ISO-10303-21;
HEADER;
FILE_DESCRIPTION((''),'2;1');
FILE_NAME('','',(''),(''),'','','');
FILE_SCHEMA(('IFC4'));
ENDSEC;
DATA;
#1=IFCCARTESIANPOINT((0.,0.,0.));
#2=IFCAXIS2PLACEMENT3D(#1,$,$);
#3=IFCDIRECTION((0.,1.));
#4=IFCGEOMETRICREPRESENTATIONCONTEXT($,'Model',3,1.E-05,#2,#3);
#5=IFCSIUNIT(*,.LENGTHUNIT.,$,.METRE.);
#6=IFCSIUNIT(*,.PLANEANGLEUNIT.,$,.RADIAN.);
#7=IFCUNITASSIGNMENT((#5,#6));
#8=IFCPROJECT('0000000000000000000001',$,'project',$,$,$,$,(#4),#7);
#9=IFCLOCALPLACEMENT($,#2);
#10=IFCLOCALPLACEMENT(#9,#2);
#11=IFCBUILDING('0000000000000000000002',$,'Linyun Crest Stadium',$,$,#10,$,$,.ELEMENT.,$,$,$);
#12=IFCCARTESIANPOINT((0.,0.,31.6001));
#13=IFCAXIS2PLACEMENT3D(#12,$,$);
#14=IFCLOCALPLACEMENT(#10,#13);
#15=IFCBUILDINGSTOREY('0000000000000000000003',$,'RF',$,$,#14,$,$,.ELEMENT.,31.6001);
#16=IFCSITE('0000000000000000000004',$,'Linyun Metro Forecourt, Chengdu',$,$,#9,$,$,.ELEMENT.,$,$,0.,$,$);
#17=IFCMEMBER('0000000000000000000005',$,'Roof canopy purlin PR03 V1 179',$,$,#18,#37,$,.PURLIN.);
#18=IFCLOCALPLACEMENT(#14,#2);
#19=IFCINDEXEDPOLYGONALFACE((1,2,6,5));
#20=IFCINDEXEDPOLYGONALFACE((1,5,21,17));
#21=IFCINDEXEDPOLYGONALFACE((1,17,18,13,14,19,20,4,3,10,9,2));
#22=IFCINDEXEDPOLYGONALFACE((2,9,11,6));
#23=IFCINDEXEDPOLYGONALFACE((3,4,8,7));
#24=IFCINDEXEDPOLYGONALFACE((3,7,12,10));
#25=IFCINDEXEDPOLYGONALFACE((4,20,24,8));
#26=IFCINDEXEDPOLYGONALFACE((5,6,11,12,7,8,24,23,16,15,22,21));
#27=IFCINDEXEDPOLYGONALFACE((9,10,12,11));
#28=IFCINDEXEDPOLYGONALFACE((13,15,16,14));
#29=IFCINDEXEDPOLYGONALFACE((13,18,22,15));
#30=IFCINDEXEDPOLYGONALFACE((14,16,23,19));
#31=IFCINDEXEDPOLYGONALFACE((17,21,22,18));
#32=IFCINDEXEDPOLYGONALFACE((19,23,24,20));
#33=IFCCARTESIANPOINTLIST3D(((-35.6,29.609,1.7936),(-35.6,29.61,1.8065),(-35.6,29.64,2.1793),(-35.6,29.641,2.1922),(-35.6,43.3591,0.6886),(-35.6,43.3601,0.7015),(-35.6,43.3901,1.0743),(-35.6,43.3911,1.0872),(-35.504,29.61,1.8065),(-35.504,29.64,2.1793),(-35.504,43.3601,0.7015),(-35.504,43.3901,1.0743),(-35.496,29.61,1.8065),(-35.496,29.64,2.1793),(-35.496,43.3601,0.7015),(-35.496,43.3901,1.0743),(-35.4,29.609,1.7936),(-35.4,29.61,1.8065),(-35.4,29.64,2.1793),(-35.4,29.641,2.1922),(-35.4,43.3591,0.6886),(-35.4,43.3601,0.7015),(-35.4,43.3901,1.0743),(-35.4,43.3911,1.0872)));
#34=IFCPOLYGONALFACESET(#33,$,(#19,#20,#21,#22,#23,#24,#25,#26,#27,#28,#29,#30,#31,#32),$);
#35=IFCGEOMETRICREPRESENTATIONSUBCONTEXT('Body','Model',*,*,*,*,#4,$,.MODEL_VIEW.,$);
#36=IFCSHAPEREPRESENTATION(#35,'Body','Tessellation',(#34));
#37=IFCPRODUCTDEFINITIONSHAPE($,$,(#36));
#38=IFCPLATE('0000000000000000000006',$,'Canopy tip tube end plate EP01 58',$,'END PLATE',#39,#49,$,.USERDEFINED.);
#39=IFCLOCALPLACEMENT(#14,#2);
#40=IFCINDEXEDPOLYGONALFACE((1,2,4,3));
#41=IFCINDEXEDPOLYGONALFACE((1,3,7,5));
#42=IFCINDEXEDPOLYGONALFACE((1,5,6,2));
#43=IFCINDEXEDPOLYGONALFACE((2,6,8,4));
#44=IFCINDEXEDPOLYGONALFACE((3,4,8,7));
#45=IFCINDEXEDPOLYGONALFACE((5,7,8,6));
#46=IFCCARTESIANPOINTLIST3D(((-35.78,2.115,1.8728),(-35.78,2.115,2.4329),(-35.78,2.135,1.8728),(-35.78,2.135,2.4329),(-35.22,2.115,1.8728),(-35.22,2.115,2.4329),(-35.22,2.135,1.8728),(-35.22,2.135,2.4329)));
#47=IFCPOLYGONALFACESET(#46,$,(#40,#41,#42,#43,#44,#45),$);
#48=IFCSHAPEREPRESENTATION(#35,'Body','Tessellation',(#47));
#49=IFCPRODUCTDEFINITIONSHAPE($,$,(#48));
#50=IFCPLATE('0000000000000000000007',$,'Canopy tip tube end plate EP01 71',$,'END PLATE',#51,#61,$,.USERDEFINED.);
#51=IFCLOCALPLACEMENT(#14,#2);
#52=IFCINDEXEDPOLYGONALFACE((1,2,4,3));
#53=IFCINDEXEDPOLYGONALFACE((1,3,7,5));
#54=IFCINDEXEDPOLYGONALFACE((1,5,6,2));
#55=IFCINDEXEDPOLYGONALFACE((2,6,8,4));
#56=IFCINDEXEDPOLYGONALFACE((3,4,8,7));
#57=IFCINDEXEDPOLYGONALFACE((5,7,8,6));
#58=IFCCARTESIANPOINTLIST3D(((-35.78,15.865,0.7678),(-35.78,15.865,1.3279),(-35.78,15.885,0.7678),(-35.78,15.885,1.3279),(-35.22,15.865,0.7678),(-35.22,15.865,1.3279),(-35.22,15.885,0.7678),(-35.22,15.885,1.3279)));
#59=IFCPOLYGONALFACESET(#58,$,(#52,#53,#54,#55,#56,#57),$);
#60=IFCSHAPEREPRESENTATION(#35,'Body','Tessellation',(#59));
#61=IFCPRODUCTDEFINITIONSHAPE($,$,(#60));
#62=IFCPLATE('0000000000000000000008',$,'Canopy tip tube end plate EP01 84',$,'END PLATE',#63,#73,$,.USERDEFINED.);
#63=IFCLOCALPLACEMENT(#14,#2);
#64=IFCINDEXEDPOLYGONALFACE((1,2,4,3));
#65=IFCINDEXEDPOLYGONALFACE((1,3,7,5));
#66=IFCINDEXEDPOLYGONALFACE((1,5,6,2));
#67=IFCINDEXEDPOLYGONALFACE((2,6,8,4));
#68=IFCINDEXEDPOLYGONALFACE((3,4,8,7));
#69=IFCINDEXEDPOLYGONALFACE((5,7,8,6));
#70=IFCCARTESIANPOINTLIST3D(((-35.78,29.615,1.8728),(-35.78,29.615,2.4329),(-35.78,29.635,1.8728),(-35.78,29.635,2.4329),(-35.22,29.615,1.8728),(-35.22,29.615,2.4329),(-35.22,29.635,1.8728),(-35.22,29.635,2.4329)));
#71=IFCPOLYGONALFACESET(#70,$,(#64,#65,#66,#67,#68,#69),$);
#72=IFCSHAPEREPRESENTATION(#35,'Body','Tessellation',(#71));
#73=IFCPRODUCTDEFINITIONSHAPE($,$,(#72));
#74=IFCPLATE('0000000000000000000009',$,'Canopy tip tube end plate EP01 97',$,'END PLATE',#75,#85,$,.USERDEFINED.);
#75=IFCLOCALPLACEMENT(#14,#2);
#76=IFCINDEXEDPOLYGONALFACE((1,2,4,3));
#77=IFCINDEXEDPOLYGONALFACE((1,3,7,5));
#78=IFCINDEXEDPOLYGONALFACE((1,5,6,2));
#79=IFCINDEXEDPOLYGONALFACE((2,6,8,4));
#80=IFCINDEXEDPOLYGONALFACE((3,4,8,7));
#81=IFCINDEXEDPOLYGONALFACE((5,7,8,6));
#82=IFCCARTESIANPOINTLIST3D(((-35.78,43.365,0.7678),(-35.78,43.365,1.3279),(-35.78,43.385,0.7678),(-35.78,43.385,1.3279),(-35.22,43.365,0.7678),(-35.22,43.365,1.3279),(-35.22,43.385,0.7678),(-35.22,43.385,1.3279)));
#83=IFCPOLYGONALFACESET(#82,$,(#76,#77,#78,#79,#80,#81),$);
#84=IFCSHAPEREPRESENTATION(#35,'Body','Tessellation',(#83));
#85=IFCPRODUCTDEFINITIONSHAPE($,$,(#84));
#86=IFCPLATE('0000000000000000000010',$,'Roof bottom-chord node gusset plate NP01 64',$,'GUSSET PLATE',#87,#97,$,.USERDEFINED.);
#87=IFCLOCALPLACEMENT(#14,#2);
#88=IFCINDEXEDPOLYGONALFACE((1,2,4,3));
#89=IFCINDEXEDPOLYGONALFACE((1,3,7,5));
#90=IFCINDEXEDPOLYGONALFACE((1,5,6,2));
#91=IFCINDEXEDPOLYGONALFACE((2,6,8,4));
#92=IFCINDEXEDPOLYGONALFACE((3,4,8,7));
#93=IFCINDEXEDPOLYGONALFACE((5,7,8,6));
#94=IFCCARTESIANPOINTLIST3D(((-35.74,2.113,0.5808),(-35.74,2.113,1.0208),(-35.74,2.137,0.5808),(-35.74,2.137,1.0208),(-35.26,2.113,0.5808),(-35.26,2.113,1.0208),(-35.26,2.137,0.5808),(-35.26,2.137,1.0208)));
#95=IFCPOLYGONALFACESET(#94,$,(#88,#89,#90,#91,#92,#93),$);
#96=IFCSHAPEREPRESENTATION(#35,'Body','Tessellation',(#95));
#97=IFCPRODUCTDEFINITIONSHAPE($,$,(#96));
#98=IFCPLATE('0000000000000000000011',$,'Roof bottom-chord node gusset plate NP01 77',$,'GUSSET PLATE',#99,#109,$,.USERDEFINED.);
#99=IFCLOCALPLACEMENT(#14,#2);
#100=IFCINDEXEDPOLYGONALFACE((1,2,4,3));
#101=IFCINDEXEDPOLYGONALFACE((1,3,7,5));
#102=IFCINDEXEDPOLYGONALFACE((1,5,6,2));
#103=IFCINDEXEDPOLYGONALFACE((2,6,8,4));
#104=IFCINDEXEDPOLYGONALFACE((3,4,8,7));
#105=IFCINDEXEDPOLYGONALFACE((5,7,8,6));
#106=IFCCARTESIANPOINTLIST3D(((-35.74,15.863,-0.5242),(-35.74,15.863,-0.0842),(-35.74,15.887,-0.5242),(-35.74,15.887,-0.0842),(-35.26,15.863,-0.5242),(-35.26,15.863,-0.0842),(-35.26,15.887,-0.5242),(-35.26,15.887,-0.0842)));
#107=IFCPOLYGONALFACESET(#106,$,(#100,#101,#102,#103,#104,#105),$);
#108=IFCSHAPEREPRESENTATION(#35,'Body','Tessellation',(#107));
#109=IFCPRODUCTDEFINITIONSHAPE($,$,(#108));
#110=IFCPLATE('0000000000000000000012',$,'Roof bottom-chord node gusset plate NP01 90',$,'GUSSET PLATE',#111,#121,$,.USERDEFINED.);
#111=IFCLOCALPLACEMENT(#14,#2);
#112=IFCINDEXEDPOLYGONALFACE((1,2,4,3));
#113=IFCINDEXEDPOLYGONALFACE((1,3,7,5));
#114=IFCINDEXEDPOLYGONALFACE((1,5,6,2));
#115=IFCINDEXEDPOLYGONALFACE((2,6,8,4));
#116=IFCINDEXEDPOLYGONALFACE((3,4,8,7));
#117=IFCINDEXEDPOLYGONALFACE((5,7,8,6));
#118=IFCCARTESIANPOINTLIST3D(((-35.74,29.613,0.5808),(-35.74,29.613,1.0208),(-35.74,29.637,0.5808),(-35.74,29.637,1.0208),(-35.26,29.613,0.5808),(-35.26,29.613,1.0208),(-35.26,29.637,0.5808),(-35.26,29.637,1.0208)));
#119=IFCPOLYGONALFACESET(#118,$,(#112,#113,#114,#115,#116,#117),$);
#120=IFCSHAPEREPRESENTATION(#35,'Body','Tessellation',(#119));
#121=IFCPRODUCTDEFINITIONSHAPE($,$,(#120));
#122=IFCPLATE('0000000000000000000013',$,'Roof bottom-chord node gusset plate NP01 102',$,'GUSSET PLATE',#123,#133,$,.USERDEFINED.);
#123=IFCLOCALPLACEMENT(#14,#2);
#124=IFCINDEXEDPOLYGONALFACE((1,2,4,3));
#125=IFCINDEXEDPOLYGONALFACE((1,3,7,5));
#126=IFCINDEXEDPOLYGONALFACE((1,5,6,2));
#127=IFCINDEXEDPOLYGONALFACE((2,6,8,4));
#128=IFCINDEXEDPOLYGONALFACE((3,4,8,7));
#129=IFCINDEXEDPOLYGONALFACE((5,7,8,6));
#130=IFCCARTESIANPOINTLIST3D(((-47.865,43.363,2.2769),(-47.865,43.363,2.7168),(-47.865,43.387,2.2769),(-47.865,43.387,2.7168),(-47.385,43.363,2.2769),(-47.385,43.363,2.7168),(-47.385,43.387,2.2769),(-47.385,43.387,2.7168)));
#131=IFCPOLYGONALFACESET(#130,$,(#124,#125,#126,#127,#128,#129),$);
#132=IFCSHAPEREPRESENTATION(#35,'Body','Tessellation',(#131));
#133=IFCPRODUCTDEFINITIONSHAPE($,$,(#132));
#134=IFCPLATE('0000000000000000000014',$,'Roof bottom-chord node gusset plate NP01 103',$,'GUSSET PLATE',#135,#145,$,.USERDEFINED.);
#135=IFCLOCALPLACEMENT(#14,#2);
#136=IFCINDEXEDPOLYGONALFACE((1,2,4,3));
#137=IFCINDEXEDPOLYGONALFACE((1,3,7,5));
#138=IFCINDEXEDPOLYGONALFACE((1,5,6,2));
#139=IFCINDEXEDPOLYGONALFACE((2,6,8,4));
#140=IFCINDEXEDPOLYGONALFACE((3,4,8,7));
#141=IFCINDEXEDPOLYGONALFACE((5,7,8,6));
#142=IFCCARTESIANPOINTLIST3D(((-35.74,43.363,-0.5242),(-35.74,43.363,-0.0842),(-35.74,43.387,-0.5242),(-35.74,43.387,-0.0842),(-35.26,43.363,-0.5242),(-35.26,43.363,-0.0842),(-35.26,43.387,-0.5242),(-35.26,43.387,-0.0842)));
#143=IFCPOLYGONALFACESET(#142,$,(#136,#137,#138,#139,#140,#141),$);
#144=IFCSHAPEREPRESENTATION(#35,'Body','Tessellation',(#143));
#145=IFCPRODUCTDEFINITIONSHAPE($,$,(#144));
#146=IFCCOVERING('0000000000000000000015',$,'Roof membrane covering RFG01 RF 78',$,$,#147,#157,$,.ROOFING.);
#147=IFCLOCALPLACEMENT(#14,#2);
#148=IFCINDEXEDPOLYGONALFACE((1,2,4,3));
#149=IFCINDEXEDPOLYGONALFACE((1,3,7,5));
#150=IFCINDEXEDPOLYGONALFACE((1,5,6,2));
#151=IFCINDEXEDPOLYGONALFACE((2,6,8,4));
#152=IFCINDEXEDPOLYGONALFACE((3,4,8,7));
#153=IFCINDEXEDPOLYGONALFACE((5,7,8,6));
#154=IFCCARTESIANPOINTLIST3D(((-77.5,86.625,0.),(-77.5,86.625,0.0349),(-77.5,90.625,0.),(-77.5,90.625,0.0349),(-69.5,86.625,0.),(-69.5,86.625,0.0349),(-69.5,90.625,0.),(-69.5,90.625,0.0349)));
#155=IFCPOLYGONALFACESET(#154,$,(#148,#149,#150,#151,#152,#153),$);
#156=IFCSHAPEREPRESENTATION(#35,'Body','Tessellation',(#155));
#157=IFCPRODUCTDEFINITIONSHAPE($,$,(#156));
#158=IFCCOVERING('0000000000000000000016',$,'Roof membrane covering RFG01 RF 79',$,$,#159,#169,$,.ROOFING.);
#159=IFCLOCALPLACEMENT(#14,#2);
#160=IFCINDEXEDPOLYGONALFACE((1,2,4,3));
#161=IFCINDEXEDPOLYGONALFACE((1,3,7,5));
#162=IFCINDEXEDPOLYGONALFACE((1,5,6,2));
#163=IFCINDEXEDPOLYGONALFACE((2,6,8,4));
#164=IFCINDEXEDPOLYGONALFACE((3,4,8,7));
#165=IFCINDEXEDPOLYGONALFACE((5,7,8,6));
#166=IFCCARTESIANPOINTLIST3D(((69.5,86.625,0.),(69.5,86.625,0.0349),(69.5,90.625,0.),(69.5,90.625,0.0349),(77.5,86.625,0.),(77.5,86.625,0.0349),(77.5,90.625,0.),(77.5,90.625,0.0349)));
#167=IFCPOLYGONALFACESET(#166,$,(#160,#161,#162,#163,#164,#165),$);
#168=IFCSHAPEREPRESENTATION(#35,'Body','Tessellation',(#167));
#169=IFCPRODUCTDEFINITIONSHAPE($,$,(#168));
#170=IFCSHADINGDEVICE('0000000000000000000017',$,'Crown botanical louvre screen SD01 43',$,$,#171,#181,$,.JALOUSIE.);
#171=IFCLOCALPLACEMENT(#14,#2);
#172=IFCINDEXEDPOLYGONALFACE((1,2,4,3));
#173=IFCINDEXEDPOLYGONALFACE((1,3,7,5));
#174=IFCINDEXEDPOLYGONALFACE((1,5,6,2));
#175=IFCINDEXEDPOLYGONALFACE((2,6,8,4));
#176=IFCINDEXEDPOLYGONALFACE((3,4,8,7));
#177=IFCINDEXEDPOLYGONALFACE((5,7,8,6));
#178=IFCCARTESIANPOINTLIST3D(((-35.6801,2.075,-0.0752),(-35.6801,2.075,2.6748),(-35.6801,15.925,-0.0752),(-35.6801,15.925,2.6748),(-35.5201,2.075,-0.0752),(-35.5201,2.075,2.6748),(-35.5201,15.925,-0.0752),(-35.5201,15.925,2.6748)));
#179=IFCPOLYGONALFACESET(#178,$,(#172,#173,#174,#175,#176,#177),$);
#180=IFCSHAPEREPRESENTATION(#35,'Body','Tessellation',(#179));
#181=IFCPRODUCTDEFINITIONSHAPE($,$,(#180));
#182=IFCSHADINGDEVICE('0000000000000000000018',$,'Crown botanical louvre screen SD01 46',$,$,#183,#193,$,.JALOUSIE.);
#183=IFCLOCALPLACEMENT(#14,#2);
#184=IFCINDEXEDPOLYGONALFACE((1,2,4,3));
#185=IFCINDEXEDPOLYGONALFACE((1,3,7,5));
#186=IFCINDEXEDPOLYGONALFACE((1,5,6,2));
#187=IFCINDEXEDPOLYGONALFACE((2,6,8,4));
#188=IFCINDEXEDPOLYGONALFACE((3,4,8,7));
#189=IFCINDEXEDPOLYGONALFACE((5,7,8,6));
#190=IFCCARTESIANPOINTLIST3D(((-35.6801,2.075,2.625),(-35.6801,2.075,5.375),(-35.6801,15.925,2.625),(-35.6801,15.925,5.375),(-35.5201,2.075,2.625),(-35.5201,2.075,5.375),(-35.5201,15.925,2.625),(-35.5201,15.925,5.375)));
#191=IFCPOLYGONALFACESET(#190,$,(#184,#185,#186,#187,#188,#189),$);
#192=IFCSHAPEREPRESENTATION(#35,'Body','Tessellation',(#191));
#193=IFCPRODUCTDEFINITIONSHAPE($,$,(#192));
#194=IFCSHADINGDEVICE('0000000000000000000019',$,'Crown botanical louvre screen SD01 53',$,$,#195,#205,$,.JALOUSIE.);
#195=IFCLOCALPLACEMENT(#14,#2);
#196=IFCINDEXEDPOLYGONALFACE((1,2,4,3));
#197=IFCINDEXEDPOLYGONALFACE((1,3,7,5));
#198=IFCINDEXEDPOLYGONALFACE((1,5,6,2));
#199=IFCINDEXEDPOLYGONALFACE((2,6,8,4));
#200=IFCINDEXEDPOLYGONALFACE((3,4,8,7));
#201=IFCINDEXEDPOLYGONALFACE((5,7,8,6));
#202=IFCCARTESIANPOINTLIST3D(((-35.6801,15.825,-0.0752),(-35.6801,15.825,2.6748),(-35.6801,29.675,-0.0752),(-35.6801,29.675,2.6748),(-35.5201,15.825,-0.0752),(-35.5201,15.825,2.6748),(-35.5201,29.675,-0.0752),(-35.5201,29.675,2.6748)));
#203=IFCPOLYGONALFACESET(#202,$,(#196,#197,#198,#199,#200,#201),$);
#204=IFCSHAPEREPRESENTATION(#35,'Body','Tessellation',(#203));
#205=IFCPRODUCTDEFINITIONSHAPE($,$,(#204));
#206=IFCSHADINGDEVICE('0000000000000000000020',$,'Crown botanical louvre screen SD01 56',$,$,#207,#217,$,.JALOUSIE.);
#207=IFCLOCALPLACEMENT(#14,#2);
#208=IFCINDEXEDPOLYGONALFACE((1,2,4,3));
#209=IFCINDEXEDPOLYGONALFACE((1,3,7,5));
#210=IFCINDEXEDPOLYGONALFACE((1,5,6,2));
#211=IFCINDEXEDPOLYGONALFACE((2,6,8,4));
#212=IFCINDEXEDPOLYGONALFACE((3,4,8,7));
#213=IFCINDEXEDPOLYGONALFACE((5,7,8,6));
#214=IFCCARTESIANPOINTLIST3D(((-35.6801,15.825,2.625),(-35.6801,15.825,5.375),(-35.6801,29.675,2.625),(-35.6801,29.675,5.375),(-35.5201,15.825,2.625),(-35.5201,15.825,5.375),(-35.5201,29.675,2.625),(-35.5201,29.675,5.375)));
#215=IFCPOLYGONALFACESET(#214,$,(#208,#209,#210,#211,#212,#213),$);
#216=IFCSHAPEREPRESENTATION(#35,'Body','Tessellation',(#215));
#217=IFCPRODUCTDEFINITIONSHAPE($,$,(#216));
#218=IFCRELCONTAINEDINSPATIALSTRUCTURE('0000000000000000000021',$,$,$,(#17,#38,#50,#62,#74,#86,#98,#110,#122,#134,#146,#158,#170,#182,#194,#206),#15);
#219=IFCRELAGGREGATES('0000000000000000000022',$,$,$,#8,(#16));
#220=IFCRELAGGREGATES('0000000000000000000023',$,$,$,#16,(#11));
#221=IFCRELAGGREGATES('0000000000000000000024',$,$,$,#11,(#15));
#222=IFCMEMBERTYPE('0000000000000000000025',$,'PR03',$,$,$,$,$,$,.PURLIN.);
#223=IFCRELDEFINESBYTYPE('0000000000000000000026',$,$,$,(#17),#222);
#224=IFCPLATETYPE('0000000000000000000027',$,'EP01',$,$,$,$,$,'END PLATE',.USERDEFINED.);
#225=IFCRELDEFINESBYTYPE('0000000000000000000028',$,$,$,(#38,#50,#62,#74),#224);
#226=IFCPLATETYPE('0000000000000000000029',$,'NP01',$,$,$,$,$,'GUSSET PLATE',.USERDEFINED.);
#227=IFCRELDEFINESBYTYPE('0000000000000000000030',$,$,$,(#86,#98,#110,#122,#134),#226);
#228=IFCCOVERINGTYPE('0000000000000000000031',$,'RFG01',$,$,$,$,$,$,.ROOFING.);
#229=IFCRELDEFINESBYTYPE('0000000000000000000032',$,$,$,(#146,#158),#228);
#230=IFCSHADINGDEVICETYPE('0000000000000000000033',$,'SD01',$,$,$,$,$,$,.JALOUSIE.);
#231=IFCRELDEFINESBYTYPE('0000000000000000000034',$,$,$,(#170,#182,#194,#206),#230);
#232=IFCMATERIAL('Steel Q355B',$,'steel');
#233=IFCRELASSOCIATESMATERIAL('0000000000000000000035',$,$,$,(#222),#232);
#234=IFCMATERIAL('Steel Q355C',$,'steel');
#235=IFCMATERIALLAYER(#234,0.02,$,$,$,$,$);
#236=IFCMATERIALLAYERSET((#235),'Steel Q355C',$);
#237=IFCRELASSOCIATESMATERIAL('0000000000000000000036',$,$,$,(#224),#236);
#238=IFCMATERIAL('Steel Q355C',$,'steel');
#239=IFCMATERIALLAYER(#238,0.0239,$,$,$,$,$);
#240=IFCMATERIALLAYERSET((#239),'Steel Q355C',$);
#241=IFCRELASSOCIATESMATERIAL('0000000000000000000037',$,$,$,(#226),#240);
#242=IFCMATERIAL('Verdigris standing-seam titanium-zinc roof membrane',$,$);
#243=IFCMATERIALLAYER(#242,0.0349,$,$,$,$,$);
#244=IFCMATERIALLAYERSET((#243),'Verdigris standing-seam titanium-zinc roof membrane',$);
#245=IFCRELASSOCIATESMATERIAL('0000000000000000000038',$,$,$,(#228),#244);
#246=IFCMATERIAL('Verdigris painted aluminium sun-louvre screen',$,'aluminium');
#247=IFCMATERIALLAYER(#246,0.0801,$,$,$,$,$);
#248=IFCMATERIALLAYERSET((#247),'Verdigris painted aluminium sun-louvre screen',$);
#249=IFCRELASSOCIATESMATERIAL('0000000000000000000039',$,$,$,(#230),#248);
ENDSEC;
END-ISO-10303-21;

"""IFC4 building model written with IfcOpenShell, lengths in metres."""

from ifc_helpers import new_model, si_unit, direction, frame, origin, origin_2d, place, context, subcontext, project, spatial, polyline, rectangle, i_section, outline, extrude, material, layer, layer_set, material_profile, profile_set, type_object, element, save


model = new_model("IFC4")

# Units and contexts
model_context = context("Model", 3, precision=1e-05, world=origin(), true_north=direction((0.0, 1.0)))
body_context = subcontext(model_context, "Body", "Model", "MODEL_VIEW")
ifc_project = project(units=[si_unit("LENGTHUNIT", "METRE"), si_unit("PLANEANGLEUNIT", "RADIAN")], contexts=[model_context])

# Site, building, storey
site_placement = place(None, origin())
site = spatial("IfcSite", under=ifc_project, at=site_placement, Name="Linyun Metro Forecourt, Chengdu", CompositionType="ELEMENT", RefElevation=0.0)
building_placement = place(site_placement, origin())
building = spatial("IfcBuilding", under=site, at=building_placement, Name="Linyun Crest Stadium", CompositionType="ELEMENT")
storey_placement = place(building_placement, frame((0.0, 0.0, 31.6001)))
storey = spatial("IfcBuildingStorey", under=building, at=storey_placement, Name="RF", CompositionType="ELEMENT", Elevation=31.6001)

# Member
ifc_material_1 = material(Name="Steel Q355B", Category="steel")
ifc_material_profile_1 = material_profile(ifc_material_1, i_section(OverallWidth=0.2, OverallDepth=0.3999, WebThickness=0.0081, FlangeThickness=0.0129, at=origin_2d()), Name="HN 400x200")
ifc_profile_set_1 = profile_set([ifc_material_profile_1], Name="Steel Q355B")
member_type_1 = type_object("IfcMemberType", Name="PR03", PredefinedType="PURLIN", material=ifc_profile_set_1)
member_1_placement = place(storey_placement, frame((-35.5, 29.625, 1.9929), z_axis=(0.0, 0.996787, -0.080104), x_axis=(-1.0, 0.0, 0.0)))
element("IfcMember", 1, at=member_1_placement, inside=storey, type_object=member_type_1, Name="Roof canopy purlin PR03 V1 179", PredefinedType="PURLIN", context=body_context, shape_type="SweptSolid", body=[
    extrude(i_section(OverallWidth=0.2, OverallDepth=0.3999, WebThickness=0.0081, FlangeThickness=0.0129, at=origin_2d()), origin(), (0.0, 0.0, 1.0), 13.7944),
])

# Plates
ifc_material_2 = material(Name="Steel Q355C", Category="steel")
ifc_layer_1 = layer(ifc_material_2, 0.02)
ifc_layer_set_1 = layer_set([ifc_layer_1], Name="Steel Q355C")
plate_type_1 = type_object("IfcPlateType", Name="EP01", ElementType="END PLATE", PredefinedType="USERDEFINED", material=ifc_layer_set_1)
for number, where, z_axis, x_axis, name in (
    (2, (-35.5, 2.125, 1.8728), (0.0, 0.0, 1.0), (1.0, 0.0, 0.0), "Canopy tip tube end plate EP01 58"),
    (3, (-35.5, 15.875, 0.7678), (0.0, 0.0, 1.0), (1.0, 0.0, 0.0), "Canopy tip tube end plate EP01 71"),
    (4, (-35.5, 29.625, 1.8728), (0.0, 0.0, 1.0), (1.0, 0.0, 0.0), "Canopy tip tube end plate EP01 84"),
    (5, (-35.5, 43.375, 0.7678), (0.0, 0.0, 1.0), (1.0, 0.0, 0.0), "Canopy tip tube end plate EP01 97"),
):
    element("IfcPlate", number, at=place(storey_placement, frame(where, z_axis=z_axis, x_axis=x_axis)), inside=storey, type_object=plate_type_1, Name=name, ObjectType="END PLATE", PredefinedType="USERDEFINED", context=body_context, shape_type="SweptSolid", body=[
        extrude(rectangle(XDim=0.5601, YDim=0.02, at=origin_2d()), origin(), (0.0, 0.0, 1.0), 0.5601),
    ])
ifc_material_3 = material(Name="Steel Q355C", Category="steel")
ifc_layer_2 = layer(ifc_material_3, 0.0239)
ifc_layer_set_2 = layer_set([ifc_layer_2], Name="Steel Q355C")
plate_type_2 = type_object("IfcPlateType", Name="NP01", ElementType="GUSSET PLATE", PredefinedType="USERDEFINED", material=ifc_layer_set_2)
for number, where, z_axis, x_axis, name in (
    (6, (-35.5, 2.125, 0.5808), (0.0, 0.0, 1.0), (1.0, 0.0, 0.0), "Roof bottom-chord node gusset plate NP01 64"),
    (7, (-35.5, 15.875, -0.5242), (0.0, 0.0, 1.0), (1.0, 0.0, 0.0), "Roof bottom-chord node gusset plate NP01 77"),
    (8, (-35.5, 29.625, 0.5808), (0.0, 0.0, 1.0), (1.0, 0.0, 0.0), "Roof bottom-chord node gusset plate NP01 90"),
    (9, (-47.625, 43.375, 2.2769), (0.0, 0.0, 1.0), (1.0, 0.0, 0.0), "Roof bottom-chord node gusset plate NP01 102"),
    (10, (-35.5, 43.375, -0.5242), (0.0, 0.0, 1.0), (1.0, 0.0, 0.0), "Roof bottom-chord node gusset plate NP01 103"),
):
    element("IfcPlate", number, at=place(storey_placement, frame(where, z_axis=z_axis, x_axis=x_axis)), inside=storey, type_object=plate_type_2, Name=name, ObjectType="GUSSET PLATE", PredefinedType="USERDEFINED", context=body_context, shape_type="SweptSolid", body=[
        extrude(rectangle(XDim=0.48, YDim=0.0239, at=origin_2d()), origin(), (0.0, 0.0, 1.0), 0.4399),
    ])

# Coverings
ifc_material_4 = material(Name="Verdigris standing-seam titanium-zinc roof membrane")
ifc_layer_3 = layer(ifc_material_4, 0.0349)
ifc_layer_set_3 = layer_set([ifc_layer_3], Name="Verdigris standing-seam titanium-zinc roof membrane")
covering_type = type_object("IfcCoveringType", Name="RFG01", PredefinedType="ROOFING", material=ifc_layer_set_3)
covering_1_placement = place(storey_placement, origin())
element("IfcCovering", 11, at=covering_1_placement, inside=storey, type_object=covering_type, Name="Roof membrane covering RFG01 RF 78", PredefinedType="ROOFING", context=body_context, shape_type="SweptSolid", body=[
    extrude(outline(polyline([(-77.5, 86.625), (-69.5, 86.625), (-69.5, 90.625), (-77.5, 90.625), (-77.5, 86.625)])), origin(), (0.0, 0.0, 1.0), 0.0349),
])
covering_2_placement = place(storey_placement, origin())
element("IfcCovering", 12, at=covering_2_placement, inside=storey, type_object=covering_type, Name="Roof membrane covering RFG01 RF 79", PredefinedType="ROOFING", context=body_context, shape_type="SweptSolid", body=[
    extrude(outline(polyline([(69.5, 86.625), (77.5, 86.625), (77.5, 90.625), (69.5, 90.625), (69.5, 86.625)])), origin(), (0.0, 0.0, 1.0), 0.0349),
])

# Shading devices
ifc_material_5 = material(Name="Verdigris painted aluminium sun-louvre screen", Category="aluminium")
ifc_layer_4 = layer(ifc_material_5, 0.0801)
ifc_layer_set_4 = layer_set([ifc_layer_4], Name="Verdigris painted aluminium sun-louvre screen")
shading_device_type = type_object("IfcShadingDeviceType", Name="SD01", PredefinedType="JALOUSIE", material=ifc_layer_set_4)
for number, where, z_axis, x_axis, name in (
    (13, (-35.6001, 9.0, -0.0752), (0.0, 0.0, 1.0), (1.0, 0.0, 0.0), "Crown botanical louvre screen SD01 43"),
    (14, (-35.6001, 9.0, 2.625), (0.0, 0.0, 1.0), (1.0, 0.0, 0.0), "Crown botanical louvre screen SD01 46"),
    (15, (-35.6001, 22.75, -0.0752), (0.0, 0.0, 1.0), (1.0, 0.0, 0.0), "Crown botanical louvre screen SD01 53"),
    (16, (-35.6001, 22.75, 2.625), (0.0, 0.0, 1.0), (1.0, 0.0, 0.0), "Crown botanical louvre screen SD01 56"),
):
    element("IfcShadingDevice", number, at=place(storey_placement, frame(where, z_axis=z_axis, x_axis=x_axis)), inside=storey, type_object=shading_device_type, Name=name, PredefinedType="JALOUSIE", context=body_context, shape_type="SweptSolid", body=[
        extrude(rectangle(XDim=0.1599, YDim=13.8501, at=origin_2d()), origin(), (0.0, 0.0, 1.0), 2.75),
    ])

save(model, "model.ifc")
